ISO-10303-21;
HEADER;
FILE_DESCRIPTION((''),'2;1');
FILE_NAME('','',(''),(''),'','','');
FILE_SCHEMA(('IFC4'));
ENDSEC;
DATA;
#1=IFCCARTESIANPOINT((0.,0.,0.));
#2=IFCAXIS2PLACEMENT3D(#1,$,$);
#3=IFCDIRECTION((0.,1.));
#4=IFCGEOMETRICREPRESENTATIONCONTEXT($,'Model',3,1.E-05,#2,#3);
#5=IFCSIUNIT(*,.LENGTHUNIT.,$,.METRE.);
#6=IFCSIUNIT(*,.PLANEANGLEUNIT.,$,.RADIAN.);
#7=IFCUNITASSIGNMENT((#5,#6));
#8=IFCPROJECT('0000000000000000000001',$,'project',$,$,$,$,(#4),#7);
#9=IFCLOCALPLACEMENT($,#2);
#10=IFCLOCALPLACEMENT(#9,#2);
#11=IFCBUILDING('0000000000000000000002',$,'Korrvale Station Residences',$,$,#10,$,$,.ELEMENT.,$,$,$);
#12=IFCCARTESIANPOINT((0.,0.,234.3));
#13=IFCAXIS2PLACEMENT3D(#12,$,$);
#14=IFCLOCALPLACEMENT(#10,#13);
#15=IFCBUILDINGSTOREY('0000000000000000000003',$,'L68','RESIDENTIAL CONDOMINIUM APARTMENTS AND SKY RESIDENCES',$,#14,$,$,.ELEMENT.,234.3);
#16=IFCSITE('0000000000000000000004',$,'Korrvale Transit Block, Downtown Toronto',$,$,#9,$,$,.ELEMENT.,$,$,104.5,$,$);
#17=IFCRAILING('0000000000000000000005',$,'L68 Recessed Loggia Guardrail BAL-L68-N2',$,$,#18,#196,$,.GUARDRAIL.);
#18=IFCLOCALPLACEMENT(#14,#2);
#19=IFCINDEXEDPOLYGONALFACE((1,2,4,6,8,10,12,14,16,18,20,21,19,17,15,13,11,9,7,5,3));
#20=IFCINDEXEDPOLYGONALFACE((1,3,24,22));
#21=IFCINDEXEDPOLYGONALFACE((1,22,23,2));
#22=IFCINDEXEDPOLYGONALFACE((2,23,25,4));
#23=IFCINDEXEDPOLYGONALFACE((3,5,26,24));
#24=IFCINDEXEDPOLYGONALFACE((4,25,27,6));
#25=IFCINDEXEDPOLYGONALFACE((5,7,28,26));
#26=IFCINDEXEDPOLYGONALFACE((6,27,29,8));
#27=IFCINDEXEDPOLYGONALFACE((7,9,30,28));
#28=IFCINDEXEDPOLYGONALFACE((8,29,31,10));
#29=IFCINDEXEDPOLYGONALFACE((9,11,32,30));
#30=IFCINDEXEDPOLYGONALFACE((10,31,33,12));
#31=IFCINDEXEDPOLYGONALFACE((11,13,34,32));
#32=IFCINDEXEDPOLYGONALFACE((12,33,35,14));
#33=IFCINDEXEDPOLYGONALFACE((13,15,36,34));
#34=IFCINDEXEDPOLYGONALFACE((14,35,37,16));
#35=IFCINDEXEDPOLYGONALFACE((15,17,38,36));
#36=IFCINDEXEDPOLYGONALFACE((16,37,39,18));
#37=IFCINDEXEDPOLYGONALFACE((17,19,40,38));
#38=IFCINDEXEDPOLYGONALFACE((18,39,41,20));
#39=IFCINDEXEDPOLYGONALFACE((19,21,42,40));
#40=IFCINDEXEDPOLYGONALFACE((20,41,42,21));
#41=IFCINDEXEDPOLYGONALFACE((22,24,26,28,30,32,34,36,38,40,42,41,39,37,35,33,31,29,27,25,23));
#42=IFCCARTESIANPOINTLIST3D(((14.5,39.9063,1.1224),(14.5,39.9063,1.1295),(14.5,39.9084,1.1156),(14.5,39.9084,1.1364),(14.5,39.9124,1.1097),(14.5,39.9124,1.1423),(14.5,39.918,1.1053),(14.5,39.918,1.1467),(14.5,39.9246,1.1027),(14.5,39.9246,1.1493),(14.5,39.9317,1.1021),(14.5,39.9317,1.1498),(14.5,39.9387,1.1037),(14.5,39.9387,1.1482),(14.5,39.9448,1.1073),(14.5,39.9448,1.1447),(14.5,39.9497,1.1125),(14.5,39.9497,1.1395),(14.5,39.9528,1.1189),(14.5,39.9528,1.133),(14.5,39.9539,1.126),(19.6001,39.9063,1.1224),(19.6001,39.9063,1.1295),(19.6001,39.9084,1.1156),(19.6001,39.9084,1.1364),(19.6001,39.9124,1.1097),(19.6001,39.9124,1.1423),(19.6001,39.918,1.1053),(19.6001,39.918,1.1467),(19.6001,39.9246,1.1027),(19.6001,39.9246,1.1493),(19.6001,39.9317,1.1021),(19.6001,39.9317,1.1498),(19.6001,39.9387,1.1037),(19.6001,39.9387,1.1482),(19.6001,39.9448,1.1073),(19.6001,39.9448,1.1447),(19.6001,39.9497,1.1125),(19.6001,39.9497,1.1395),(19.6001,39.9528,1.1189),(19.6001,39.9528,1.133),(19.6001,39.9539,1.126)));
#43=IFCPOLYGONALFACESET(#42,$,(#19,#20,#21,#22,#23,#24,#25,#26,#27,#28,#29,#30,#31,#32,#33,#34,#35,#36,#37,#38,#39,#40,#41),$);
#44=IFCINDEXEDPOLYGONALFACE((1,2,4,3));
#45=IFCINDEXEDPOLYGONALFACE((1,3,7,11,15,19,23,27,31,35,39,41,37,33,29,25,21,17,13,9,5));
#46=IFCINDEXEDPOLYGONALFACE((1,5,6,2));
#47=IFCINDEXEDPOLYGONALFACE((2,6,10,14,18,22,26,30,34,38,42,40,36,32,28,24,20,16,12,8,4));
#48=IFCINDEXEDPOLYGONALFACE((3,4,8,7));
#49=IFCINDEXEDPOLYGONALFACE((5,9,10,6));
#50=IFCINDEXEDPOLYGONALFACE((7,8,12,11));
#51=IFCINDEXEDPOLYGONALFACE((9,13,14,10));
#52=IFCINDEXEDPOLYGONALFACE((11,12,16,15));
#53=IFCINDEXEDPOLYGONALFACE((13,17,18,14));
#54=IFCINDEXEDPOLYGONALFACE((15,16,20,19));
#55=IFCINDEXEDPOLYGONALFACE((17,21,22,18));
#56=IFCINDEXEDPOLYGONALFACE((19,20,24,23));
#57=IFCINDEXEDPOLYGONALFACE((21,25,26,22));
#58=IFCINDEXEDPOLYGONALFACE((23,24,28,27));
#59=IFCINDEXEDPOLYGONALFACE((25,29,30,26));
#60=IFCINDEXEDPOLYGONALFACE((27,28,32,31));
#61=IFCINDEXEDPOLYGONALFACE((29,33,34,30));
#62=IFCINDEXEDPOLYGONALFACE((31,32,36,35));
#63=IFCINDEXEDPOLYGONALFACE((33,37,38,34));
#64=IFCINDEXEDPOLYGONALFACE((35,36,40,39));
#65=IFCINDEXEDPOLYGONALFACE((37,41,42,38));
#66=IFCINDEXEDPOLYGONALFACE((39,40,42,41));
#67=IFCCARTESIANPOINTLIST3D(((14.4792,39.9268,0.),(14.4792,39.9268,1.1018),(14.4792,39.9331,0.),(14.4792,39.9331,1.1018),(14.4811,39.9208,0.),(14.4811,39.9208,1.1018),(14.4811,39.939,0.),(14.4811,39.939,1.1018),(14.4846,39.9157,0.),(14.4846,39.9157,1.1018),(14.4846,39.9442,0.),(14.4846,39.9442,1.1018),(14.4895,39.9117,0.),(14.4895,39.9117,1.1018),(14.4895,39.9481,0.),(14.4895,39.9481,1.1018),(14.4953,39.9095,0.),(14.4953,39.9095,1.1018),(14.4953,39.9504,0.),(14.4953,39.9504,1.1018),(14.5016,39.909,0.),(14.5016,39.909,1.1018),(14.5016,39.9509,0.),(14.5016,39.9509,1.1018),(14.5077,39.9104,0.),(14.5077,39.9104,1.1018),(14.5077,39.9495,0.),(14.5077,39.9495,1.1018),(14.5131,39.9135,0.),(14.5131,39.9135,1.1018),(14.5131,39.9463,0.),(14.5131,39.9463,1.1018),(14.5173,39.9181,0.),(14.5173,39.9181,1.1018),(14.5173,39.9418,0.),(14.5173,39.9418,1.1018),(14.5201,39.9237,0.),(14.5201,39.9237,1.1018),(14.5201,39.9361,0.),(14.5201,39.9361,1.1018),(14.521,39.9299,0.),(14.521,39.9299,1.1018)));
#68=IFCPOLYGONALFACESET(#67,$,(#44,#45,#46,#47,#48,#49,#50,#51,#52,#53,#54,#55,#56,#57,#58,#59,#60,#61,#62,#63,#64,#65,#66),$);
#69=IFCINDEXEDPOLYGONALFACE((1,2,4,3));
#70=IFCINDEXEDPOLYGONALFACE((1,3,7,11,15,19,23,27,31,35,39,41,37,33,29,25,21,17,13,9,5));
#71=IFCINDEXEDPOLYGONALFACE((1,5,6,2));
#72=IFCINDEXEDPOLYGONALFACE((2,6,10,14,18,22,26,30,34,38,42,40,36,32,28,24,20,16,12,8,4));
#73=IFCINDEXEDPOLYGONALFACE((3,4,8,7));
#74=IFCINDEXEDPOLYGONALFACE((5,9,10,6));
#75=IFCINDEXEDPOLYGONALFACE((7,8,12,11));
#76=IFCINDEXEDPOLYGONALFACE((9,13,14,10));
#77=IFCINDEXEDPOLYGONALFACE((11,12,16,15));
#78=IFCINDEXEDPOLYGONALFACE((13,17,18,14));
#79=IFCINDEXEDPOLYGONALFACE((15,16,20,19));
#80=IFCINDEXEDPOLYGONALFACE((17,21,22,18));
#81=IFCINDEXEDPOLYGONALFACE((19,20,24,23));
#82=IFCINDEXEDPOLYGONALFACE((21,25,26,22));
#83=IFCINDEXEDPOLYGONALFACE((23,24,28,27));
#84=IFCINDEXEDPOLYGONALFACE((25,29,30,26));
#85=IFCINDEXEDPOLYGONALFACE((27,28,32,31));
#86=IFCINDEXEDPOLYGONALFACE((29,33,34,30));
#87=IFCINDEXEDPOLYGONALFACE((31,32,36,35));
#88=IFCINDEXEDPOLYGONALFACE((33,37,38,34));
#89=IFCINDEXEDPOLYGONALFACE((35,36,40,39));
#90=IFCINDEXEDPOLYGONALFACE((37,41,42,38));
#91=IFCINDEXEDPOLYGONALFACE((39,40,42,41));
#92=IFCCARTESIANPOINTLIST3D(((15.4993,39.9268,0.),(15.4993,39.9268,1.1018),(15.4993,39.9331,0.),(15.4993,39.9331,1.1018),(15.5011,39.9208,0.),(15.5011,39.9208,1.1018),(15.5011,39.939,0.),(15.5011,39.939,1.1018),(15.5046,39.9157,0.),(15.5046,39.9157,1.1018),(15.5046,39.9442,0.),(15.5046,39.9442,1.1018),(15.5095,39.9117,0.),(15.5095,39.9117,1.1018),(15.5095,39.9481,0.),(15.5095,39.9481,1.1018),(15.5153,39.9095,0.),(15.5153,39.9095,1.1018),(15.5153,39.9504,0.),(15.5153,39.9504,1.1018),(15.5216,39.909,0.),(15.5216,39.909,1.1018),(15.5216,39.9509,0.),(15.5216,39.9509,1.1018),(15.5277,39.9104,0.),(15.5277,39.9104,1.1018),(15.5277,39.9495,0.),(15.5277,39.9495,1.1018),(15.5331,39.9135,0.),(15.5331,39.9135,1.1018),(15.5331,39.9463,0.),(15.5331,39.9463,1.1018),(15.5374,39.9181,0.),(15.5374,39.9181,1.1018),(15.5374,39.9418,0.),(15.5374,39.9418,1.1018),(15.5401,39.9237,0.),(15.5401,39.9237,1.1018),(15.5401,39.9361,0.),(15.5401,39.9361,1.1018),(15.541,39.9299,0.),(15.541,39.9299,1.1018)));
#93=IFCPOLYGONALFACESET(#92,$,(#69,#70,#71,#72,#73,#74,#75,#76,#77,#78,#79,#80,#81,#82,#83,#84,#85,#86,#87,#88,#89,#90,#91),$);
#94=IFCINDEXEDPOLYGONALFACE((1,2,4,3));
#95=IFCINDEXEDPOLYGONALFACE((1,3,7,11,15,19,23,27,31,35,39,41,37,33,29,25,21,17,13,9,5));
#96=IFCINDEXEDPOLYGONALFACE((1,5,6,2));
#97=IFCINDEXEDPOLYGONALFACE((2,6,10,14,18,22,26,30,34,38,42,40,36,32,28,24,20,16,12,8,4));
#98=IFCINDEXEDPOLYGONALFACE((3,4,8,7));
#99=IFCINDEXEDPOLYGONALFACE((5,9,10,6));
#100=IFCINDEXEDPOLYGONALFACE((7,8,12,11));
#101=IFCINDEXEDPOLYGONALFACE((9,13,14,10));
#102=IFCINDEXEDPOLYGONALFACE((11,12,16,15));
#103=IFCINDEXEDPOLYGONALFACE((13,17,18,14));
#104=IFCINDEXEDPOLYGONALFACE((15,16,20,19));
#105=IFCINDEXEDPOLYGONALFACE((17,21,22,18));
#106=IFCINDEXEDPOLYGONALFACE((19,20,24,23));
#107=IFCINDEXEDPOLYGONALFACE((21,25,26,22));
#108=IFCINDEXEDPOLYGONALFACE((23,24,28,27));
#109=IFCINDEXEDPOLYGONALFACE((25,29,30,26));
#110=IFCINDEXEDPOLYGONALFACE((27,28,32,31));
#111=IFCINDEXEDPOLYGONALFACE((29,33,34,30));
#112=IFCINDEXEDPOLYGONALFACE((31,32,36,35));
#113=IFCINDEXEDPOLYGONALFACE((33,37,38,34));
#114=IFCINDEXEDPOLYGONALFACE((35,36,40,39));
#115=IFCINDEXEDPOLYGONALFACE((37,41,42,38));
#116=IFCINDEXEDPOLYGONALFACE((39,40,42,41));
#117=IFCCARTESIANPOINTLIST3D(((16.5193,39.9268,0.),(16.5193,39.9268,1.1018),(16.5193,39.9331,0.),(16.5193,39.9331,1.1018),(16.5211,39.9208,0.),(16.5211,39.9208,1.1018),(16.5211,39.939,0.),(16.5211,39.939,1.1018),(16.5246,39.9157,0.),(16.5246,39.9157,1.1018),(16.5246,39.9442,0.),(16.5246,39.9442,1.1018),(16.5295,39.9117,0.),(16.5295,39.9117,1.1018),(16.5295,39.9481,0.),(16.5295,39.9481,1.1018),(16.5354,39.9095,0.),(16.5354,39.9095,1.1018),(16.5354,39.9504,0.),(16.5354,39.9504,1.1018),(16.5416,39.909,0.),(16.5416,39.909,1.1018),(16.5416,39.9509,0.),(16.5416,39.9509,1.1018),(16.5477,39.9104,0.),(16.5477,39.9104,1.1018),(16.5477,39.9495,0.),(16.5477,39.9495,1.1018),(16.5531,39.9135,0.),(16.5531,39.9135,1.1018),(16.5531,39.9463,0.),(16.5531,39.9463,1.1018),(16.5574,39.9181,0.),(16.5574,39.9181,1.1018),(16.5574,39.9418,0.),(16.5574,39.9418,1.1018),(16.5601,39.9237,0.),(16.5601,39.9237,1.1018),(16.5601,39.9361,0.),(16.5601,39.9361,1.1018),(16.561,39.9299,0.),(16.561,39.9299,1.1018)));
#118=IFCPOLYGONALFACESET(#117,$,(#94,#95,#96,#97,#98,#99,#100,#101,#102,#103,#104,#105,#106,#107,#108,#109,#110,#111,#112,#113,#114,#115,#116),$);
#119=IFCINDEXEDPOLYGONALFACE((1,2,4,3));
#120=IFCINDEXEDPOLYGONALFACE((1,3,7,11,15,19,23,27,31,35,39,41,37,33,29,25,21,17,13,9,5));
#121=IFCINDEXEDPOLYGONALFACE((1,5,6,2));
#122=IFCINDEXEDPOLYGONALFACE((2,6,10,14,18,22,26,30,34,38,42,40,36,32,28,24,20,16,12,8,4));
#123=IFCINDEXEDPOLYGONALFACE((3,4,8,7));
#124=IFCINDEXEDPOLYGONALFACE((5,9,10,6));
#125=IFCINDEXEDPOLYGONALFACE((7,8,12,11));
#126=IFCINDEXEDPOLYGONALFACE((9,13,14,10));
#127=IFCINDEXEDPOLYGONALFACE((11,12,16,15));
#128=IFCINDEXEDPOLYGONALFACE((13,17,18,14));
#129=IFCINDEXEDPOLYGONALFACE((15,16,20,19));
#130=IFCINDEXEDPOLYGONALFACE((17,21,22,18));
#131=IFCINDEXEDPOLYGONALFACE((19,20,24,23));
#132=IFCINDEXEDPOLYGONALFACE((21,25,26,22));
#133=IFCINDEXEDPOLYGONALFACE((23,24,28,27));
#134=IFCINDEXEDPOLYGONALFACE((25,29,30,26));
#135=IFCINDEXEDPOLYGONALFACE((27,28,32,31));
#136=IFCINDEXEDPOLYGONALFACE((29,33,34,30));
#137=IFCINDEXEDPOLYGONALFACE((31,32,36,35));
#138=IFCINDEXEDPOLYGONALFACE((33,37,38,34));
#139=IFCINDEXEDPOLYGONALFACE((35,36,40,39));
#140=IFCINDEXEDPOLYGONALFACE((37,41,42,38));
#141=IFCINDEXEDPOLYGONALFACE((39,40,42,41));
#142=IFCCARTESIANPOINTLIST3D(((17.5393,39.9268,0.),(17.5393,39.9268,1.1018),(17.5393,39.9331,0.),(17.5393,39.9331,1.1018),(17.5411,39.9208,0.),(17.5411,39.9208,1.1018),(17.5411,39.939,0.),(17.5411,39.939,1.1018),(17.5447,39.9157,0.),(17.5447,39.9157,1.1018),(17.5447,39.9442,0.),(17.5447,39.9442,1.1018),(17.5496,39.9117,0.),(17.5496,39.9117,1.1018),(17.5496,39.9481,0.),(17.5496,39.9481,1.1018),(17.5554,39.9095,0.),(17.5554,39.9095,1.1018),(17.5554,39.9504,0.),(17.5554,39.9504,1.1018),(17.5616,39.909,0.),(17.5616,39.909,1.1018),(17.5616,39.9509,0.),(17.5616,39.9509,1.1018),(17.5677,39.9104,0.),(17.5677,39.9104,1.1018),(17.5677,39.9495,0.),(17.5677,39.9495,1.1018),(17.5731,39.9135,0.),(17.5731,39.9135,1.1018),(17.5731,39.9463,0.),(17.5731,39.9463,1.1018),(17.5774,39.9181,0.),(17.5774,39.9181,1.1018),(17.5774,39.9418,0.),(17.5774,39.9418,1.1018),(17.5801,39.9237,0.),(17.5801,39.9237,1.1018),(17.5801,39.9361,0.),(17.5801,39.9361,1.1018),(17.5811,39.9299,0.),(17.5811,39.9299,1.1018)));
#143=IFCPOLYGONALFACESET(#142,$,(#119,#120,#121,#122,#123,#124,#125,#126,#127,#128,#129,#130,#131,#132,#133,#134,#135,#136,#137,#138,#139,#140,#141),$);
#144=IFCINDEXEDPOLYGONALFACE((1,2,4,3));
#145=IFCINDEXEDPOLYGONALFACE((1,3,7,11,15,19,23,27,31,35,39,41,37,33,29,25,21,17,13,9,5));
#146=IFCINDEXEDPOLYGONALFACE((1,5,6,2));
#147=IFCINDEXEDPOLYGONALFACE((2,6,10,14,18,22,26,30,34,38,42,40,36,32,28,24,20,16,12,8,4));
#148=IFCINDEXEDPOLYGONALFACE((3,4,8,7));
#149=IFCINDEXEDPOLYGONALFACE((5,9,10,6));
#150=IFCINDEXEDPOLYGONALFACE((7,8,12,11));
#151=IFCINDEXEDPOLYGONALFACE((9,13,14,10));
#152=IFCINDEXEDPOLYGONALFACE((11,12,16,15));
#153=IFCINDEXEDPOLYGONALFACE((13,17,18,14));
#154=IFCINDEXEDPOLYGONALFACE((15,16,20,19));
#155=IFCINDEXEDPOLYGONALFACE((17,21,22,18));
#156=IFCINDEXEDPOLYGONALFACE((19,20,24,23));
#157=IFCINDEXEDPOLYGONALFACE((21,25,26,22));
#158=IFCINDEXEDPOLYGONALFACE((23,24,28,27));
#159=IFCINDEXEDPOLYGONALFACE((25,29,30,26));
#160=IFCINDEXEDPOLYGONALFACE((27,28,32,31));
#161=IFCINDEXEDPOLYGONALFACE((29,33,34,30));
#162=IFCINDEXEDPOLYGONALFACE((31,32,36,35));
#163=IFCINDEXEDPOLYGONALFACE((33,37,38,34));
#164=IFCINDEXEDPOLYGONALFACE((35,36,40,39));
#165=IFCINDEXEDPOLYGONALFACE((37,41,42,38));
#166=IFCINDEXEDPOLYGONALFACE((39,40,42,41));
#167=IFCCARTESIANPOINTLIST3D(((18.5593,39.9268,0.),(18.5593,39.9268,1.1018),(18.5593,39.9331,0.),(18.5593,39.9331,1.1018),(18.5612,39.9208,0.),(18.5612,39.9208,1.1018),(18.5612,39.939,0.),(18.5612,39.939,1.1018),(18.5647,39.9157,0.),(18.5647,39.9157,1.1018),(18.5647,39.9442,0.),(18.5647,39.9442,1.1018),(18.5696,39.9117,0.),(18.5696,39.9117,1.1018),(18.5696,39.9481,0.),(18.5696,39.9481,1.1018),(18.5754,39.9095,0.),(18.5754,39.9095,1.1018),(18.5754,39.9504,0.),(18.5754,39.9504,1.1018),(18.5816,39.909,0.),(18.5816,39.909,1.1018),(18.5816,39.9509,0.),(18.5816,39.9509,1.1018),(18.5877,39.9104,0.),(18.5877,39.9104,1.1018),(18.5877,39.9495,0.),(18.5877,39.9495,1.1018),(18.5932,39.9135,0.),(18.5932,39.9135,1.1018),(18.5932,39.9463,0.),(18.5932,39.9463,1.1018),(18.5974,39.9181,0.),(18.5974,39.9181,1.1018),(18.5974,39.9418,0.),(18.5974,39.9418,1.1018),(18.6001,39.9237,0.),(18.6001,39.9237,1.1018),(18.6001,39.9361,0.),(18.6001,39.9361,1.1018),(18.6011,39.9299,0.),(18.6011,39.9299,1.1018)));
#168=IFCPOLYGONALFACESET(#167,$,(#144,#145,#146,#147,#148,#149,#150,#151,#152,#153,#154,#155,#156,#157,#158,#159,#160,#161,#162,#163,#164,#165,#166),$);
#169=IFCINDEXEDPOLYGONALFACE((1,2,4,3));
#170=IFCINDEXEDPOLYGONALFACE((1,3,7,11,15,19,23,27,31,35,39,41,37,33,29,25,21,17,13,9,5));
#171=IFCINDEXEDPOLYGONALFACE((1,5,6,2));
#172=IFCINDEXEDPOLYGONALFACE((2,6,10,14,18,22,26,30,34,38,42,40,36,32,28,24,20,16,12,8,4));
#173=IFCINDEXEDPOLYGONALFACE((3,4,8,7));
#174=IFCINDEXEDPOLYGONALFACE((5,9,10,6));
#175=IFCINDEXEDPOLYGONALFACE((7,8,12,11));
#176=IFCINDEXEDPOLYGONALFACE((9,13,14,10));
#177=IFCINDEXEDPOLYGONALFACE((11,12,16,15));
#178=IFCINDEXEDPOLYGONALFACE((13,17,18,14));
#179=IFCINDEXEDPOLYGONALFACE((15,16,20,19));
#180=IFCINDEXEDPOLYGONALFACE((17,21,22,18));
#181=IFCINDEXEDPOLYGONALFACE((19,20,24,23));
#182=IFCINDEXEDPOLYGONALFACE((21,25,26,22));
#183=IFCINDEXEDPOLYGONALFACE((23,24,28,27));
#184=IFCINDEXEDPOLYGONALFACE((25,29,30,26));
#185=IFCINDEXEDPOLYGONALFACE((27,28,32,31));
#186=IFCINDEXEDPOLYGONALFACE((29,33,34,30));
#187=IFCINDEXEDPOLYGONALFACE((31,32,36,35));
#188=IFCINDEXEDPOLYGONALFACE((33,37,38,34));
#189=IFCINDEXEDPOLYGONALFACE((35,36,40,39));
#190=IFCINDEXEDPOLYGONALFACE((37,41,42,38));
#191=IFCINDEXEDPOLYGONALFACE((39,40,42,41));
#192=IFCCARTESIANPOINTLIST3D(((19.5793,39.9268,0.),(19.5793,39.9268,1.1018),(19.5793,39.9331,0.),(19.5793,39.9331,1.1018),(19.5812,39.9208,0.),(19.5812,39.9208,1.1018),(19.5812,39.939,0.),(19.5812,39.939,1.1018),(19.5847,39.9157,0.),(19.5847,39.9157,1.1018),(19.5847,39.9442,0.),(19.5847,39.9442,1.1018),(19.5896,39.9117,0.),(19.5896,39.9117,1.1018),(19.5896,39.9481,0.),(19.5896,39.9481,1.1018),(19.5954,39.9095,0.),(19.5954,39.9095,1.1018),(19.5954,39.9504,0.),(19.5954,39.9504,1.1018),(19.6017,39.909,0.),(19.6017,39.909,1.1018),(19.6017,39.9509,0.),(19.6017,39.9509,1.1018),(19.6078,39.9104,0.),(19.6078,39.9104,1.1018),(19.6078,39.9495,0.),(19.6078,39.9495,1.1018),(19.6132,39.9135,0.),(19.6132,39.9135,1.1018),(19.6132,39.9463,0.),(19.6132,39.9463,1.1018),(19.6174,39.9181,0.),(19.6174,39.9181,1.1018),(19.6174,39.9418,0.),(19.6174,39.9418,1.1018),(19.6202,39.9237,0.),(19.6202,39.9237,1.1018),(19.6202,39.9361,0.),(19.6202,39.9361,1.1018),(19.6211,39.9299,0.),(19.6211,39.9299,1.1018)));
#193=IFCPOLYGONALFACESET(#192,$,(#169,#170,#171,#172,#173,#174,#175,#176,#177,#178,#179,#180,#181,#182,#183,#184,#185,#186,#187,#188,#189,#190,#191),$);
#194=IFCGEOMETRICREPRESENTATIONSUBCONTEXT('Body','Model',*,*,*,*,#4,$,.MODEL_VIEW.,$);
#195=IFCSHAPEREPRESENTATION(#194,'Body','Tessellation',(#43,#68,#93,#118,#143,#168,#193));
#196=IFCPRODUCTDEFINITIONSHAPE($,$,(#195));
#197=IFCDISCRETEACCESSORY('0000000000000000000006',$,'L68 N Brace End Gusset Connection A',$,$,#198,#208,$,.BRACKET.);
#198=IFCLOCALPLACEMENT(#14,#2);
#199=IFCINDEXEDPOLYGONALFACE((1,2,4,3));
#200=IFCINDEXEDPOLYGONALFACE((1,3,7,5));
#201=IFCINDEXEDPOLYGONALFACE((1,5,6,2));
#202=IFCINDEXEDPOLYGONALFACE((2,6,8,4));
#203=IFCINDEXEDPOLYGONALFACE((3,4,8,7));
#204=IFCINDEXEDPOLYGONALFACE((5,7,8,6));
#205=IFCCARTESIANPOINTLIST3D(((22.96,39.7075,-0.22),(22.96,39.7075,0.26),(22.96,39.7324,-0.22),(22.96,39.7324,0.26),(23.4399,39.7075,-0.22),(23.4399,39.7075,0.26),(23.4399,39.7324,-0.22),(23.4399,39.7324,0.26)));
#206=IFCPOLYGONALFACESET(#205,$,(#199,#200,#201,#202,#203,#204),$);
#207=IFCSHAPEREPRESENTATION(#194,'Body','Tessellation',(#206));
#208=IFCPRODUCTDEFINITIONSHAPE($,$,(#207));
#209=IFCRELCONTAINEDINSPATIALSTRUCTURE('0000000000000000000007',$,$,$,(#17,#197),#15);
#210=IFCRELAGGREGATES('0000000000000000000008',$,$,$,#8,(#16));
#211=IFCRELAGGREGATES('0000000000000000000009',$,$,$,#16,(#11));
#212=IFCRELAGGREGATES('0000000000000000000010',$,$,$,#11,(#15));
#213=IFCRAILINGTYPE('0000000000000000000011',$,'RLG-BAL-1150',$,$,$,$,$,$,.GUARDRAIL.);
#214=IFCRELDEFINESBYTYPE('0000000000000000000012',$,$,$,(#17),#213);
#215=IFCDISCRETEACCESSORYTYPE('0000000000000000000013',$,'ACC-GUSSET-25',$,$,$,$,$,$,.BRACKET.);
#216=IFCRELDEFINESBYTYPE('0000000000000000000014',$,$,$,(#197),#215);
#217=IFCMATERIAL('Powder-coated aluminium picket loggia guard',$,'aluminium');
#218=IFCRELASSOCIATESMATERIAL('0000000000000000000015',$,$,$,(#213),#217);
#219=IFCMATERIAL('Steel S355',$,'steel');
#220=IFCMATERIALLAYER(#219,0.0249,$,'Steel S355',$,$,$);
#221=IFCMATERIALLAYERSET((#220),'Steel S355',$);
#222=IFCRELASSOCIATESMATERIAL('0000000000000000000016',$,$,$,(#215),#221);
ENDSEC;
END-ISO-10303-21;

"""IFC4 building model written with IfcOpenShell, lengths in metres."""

from ifc_helpers import new_model, si_unit, direction, frame, origin, origin_2d, place, context, subcontext, project, spatial, rectangle, circle, extrude, material, layer, layer_set, type_object, element, save


model = new_model("IFC4")

# Units and contexts
model_context = context("Model", 3, precision=1e-05, world=origin(), true_north=direction((0.0, 1.0)))
body_context = subcontext(model_context, "Body", "Model", "MODEL_VIEW")
ifc_project = project(units=[si_unit("LENGTHUNIT", "METRE"), si_unit("PLANEANGLEUNIT", "RADIAN")], contexts=[model_context])

# Site, building, storey
site_placement = place(None, origin())
site = spatial("IfcSite", under=ifc_project, at=site_placement, Name="Korrvale Transit Block, Downtown Toronto", CompositionType="ELEMENT", RefElevation=104.5)
building_placement = place(site_placement, origin())
building = spatial("IfcBuilding", under=site, at=building_placement, Name="Korrvale Station Residences", CompositionType="ELEMENT")
storey_placement = place(building_placement, frame((0.0, 0.0, 234.3)))
storey = spatial("IfcBuildingStorey", under=building, at=storey_placement, Name="L68", Description="RESIDENTIAL CONDOMINIUM APARTMENTS AND SKY RESIDENCES", CompositionType="ELEMENT", Elevation=234.3)

# Shared definitions
ifc_material_1 = material(Name="Steel S355", Category="steel")

# Railing
ifc_material_2 = material(Name="Powder-coated aluminium picket loggia guard", Category="aluminium")
railing_type = type_object("IfcRailingType", Name="RLG-BAL-1150", PredefinedType="GUARDRAIL", material=ifc_material_2)
railing_placement = place(storey_placement, frame((14.5, 39.9299, 0.0)))
element("IfcRailing", 1, at=railing_placement, inside=storey, type_object=railing_type, Name="L68 Recessed Loggia Guardrail BAL-L68-N2", PredefinedType="GUARDRAIL", context=body_context, shape_type="SweptSolid", body=[
    extrude(circle(Radius=0.0239, at=origin_2d()), frame((0.0, 0.0, 1.126), z_axis=(1.0, 0.0, 0.0), x_axis=(0.0, 1.0, 0.0)), (0.0, 0.0, 1.0), 5.1001),
    extrude(circle(Radius=0.021, at=origin_2d()), origin(), (0.0, 0.0, 1.0), 1.1018),
    extrude(circle(Radius=0.021, at=origin_2d()), frame((1.02, 0.0, 0.0)), (0.0, 0.0, 1.0), 1.1018),
    extrude(circle(Radius=0.021, at=origin_2d()), frame((2.04, 0.0, 0.0)), (0.0, 0.0, 1.0), 1.1018),
    extrude(circle(Radius=0.021, at=origin_2d()), frame((3.0601, 0.0, 0.0)), (0.0, 0.0, 1.0), 1.1018),
    extrude(circle(Radius=0.021, at=origin_2d()), frame((4.0801, 0.0, 0.0)), (0.0, 0.0, 1.0), 1.1018),
    extrude(circle(Radius=0.021, at=origin_2d()), frame((5.1001, 0.0, 0.0)), (0.0, 0.0, 1.0), 1.1018),
])

# Discrete accessory
ifc_layer_1 = layer(ifc_material_1, 0.0249, Name="Steel S355")
ifc_layer_set_1 = layer_set([ifc_layer_1], Name="Steel S355")
discrete_accessory_type = type_object("IfcDiscreteAccessoryType", Name="ACC-GUSSET-25", PredefinedType="BRACKET", material=ifc_layer_set_1)
discrete_accessory_placement = place(storey_placement, frame((23.2, 39.72, -0.22), z_axis=(0.0, 0.0, 1.0), x_axis=(1.0, 0.0, 0.0)))
element("IfcDiscreteAccessory", 2, at=discrete_accessory_placement, inside=storey, type_object=discrete_accessory_type, Name="L68 N Brace End Gusset Connection A", PredefinedType="BRACKET", context=body_context, shape_type="SweptSolid", body=[
    extrude(rectangle(XDim=0.48, YDim=0.0249, at=origin_2d()), origin(), (0.0, 0.0, 1.0), 0.48),
])

save(model, "model.ifc")
